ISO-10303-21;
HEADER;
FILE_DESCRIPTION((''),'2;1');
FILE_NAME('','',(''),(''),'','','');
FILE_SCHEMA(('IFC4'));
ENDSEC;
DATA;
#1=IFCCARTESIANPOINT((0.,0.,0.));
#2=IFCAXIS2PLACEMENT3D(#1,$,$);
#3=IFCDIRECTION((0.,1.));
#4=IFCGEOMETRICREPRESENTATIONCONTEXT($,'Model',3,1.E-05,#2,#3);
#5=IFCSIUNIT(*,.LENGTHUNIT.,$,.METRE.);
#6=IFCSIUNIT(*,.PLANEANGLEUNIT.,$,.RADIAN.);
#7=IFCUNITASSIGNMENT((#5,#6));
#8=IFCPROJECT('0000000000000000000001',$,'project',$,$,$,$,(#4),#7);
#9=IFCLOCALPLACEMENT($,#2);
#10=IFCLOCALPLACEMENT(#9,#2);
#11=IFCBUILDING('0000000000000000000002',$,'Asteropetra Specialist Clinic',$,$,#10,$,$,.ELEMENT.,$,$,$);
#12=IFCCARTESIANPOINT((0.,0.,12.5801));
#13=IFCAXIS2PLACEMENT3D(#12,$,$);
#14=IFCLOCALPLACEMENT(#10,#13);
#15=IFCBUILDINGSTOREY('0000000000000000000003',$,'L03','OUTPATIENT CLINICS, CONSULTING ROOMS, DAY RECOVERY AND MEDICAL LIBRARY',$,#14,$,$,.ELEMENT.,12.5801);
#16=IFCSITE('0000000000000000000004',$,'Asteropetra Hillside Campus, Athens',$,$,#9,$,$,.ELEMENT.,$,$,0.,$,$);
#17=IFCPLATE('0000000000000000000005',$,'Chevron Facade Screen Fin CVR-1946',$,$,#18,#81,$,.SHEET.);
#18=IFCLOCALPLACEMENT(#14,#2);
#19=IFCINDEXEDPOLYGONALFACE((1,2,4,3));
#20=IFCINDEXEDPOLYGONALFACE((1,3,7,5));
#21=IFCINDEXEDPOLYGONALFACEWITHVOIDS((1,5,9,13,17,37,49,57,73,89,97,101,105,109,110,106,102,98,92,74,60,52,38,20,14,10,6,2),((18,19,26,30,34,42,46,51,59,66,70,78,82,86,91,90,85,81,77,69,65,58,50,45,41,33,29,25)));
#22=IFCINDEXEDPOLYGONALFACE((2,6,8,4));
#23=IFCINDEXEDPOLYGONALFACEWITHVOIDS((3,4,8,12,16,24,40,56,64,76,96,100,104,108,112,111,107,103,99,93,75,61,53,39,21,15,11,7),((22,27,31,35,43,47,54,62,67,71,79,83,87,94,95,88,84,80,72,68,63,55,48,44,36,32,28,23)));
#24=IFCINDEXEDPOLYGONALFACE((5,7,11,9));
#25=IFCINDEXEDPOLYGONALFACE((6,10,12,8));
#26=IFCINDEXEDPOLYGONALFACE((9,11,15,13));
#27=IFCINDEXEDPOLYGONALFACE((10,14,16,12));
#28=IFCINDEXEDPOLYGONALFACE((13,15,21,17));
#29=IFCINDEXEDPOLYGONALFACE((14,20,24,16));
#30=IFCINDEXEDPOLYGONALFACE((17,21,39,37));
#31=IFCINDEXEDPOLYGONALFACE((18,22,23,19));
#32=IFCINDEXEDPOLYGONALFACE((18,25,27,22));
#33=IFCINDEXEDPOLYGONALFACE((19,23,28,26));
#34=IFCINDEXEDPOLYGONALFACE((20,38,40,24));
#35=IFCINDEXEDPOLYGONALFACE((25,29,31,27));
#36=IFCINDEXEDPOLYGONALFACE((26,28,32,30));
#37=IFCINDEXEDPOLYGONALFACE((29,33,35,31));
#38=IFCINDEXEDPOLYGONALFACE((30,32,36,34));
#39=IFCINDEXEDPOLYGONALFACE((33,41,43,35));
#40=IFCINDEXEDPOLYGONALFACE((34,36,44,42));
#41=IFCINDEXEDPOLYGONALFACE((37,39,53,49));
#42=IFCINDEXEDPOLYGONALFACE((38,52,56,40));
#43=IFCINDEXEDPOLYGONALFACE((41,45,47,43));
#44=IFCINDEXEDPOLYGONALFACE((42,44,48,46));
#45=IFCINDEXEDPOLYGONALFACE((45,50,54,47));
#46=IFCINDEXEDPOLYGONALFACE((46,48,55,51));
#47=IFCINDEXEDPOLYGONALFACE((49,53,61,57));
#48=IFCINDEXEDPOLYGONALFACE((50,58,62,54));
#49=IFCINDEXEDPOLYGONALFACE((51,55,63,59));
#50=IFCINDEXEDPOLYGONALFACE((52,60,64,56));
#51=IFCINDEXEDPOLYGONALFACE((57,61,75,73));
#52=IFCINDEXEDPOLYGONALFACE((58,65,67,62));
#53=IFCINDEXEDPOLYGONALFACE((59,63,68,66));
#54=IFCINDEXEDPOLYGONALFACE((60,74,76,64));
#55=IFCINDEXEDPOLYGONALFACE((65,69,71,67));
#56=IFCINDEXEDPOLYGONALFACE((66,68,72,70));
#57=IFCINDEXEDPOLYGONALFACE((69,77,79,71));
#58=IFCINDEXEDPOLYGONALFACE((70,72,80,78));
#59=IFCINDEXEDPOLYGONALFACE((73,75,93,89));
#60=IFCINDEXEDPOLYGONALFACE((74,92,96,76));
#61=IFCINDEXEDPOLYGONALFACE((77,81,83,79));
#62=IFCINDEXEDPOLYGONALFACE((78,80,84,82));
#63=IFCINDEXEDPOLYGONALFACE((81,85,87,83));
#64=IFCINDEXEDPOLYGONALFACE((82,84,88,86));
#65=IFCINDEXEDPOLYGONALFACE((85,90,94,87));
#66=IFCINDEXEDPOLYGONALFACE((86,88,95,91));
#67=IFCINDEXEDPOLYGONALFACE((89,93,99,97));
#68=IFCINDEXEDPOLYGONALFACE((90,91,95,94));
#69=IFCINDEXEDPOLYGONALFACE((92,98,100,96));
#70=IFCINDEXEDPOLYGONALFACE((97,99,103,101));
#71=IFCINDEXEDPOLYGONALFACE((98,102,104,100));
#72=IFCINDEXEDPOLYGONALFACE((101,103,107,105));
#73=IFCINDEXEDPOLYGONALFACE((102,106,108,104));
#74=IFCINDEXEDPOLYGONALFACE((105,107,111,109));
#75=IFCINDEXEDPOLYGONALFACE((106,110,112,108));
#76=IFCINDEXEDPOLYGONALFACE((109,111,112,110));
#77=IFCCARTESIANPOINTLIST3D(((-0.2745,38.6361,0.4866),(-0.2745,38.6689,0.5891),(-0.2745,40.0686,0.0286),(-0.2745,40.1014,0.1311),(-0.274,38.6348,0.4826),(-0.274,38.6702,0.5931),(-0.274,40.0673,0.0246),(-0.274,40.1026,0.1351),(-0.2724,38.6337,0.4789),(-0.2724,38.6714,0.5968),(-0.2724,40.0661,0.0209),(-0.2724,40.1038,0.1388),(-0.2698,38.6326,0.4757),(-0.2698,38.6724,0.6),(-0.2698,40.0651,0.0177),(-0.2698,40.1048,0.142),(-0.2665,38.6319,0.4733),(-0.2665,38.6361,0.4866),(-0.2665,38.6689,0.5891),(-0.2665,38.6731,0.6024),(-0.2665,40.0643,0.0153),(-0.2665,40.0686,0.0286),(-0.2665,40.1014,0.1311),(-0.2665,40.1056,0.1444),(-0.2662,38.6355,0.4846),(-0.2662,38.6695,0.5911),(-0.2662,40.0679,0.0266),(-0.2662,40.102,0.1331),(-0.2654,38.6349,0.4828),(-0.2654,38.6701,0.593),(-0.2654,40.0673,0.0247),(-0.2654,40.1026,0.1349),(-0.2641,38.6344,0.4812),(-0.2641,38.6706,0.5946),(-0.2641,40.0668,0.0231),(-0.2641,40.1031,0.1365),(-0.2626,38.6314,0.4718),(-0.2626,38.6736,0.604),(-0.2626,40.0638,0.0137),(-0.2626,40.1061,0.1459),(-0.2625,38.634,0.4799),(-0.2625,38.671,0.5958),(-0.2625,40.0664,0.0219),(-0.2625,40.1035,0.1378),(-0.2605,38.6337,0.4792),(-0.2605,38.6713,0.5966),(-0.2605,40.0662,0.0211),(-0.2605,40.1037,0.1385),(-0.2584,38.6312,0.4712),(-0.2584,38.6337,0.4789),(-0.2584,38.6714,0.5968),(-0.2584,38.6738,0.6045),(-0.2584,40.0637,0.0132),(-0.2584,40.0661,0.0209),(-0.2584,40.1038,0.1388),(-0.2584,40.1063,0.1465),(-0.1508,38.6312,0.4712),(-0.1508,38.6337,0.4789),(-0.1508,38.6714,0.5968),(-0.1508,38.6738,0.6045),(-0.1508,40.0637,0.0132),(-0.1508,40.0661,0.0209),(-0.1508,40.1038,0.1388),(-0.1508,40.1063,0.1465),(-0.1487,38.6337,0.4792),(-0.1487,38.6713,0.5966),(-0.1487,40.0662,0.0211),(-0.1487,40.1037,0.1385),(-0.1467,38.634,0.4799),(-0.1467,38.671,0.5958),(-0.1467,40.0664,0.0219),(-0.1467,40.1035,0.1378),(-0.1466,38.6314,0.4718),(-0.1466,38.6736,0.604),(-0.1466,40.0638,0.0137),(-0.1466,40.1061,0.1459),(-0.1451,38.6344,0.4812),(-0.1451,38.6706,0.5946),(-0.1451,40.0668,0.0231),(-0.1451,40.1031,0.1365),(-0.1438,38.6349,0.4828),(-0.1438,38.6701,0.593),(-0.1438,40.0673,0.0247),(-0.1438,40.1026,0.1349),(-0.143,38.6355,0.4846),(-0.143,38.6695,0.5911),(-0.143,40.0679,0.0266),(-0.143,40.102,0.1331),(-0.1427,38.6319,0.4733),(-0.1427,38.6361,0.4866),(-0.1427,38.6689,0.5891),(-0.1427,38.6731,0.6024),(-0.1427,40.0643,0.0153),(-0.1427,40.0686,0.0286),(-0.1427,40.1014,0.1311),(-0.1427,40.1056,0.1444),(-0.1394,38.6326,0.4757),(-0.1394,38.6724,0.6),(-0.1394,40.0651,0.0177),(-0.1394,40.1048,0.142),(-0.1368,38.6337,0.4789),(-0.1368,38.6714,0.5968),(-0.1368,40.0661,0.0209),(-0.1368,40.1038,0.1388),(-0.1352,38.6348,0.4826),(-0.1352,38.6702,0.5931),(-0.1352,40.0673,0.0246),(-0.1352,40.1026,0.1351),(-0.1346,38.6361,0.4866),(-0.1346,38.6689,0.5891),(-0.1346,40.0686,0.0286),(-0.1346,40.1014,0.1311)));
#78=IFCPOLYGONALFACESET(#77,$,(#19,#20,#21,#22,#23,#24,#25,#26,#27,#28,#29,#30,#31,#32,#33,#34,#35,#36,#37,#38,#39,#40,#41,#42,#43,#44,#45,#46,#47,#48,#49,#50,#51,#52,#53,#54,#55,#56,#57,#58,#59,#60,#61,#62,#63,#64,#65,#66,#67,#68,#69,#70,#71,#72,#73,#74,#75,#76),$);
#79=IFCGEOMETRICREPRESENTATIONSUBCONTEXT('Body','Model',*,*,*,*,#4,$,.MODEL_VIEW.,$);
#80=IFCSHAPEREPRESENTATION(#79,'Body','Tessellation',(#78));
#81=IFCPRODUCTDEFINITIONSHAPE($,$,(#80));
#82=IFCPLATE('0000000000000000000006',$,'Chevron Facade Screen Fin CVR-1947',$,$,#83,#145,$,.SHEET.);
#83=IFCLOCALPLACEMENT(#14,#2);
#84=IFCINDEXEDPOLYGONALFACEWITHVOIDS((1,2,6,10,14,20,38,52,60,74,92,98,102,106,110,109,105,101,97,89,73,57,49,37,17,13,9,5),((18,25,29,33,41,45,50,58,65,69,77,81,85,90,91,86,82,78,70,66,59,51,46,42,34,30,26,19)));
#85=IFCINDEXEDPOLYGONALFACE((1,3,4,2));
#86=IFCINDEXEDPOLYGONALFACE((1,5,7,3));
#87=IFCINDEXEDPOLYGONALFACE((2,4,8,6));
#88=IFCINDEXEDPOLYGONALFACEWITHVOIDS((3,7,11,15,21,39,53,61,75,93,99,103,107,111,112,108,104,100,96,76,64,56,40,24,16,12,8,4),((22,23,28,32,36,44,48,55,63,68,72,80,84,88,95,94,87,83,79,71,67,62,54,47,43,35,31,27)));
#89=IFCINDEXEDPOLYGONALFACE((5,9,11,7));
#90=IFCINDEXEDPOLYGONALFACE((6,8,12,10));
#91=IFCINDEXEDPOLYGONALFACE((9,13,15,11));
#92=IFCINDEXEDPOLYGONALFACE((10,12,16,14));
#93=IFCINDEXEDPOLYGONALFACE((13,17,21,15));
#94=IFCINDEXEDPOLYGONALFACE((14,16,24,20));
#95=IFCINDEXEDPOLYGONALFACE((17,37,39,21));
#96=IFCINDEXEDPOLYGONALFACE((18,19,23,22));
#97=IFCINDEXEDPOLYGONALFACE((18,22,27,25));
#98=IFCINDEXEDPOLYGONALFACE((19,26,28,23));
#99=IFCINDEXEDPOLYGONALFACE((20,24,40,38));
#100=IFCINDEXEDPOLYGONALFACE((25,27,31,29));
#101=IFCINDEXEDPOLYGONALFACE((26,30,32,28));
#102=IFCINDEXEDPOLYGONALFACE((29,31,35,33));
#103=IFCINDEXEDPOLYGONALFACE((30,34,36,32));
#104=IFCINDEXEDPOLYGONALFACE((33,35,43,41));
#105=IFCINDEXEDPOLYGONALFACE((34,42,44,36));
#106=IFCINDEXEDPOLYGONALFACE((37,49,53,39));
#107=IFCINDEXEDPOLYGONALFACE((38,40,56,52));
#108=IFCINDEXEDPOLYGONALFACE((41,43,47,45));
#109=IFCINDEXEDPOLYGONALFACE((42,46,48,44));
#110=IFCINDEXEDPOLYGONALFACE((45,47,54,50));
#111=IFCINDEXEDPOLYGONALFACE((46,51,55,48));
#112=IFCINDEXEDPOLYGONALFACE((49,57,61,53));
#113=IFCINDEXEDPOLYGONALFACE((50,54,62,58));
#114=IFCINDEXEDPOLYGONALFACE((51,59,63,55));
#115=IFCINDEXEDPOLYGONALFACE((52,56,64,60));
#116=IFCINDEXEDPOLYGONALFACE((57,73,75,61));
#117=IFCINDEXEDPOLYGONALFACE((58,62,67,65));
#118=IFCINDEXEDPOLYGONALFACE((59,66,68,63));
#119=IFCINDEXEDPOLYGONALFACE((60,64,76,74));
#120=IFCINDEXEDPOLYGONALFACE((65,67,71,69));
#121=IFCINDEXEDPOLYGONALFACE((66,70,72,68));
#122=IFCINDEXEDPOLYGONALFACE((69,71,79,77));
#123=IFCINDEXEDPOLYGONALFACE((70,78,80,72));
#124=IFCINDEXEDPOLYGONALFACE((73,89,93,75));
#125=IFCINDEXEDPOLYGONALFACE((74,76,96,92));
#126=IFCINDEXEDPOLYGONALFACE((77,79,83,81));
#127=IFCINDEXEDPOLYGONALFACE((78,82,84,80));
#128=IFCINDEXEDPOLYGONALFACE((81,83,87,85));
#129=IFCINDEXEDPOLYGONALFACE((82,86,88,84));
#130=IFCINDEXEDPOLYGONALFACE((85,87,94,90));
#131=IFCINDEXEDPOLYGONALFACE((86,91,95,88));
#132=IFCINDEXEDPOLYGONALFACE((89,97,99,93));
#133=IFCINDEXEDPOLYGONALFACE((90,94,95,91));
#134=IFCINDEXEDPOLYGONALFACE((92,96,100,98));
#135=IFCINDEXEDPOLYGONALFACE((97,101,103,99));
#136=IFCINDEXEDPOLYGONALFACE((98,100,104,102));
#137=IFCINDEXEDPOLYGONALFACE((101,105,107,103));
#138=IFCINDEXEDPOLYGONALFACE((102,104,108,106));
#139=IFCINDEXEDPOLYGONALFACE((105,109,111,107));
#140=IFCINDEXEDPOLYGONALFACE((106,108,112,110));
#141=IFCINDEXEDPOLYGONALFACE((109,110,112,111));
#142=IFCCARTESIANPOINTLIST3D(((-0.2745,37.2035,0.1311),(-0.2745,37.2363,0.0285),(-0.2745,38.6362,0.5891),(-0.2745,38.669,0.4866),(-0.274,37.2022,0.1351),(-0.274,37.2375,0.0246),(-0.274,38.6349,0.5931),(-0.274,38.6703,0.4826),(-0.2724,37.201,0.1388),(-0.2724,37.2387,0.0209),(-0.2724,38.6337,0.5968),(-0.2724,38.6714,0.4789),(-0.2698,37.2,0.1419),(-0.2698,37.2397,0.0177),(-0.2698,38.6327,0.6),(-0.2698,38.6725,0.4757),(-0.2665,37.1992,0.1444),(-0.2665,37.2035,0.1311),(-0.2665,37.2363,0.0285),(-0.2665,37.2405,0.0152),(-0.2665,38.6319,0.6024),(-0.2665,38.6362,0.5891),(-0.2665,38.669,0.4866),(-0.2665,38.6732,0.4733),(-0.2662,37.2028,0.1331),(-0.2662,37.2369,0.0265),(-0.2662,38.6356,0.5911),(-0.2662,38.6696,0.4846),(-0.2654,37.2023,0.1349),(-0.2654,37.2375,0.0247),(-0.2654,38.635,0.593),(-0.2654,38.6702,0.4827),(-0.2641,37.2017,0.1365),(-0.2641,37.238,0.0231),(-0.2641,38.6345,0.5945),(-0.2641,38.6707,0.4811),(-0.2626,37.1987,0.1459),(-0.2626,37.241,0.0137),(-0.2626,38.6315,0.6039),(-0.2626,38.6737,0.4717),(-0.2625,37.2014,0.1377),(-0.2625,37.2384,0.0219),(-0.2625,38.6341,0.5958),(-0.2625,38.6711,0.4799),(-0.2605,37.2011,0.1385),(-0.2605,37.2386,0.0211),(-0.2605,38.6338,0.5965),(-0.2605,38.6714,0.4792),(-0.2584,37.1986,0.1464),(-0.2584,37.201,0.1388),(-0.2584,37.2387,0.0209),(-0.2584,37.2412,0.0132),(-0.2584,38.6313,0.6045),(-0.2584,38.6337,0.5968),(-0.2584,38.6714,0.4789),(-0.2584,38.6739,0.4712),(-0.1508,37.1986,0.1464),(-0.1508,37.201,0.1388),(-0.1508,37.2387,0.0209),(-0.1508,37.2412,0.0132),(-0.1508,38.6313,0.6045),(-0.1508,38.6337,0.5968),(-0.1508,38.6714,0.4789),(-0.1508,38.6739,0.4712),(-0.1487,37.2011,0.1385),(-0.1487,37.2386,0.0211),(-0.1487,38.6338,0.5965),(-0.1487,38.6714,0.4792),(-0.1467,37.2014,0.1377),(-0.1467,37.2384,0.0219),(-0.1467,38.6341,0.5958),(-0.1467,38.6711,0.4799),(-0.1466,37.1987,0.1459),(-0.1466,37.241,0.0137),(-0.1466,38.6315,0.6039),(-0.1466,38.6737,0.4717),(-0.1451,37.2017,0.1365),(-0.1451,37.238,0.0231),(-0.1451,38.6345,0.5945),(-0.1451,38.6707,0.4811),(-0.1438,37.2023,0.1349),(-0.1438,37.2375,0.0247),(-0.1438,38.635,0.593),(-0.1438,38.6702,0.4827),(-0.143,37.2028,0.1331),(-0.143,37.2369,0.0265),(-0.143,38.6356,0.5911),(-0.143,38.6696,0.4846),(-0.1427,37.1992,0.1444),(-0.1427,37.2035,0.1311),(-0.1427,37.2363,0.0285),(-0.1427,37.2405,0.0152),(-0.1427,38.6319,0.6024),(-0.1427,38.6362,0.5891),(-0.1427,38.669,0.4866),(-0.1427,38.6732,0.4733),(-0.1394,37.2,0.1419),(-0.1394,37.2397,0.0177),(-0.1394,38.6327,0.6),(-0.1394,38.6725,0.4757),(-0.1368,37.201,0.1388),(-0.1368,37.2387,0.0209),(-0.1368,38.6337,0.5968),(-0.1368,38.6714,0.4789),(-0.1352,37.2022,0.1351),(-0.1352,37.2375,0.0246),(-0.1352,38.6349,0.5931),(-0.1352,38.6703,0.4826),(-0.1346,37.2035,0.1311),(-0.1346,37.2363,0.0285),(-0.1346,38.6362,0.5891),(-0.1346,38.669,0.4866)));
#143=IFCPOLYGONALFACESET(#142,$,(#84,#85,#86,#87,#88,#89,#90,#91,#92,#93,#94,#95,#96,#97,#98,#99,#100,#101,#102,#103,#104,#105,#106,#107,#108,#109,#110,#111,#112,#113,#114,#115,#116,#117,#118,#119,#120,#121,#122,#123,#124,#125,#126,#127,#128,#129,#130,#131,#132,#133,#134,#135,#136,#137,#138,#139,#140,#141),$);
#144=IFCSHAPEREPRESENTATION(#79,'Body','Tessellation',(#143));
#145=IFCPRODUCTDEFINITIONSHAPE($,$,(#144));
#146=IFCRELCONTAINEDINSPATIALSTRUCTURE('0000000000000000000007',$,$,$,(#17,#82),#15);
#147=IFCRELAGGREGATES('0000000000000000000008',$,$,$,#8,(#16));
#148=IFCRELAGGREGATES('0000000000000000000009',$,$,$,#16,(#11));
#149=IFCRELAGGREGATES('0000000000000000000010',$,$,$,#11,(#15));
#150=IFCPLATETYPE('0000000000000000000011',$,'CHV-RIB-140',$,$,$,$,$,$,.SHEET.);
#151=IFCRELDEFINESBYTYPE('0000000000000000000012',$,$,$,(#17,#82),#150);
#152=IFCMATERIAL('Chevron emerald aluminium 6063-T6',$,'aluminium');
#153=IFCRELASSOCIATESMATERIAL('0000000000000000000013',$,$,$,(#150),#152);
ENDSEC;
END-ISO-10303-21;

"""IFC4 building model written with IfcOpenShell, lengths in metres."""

from ifc_helpers import new_model, si_unit, direction, frame, origin, origin_2d, place, context, subcontext, project, spatial, hollow_rectangle, extrude, material, material_profile, profile_set, type_object, element, save


model = new_model("IFC4")

# Units and contexts
model_context = context("Model", 3, precision=1e-05, world=origin(), true_north=direction((0.0, 1.0)))
body_context = subcontext(model_context, "Body", "Model", "MODEL_VIEW")
ifc_project = project(units=[si_unit("LENGTHUNIT", "METRE"), si_unit("PLANEANGLEUNIT", "RADIAN")], contexts=[model_context])

# Site, building, storey
site_placement = place(None, origin())
site = spatial("IfcSite", under=ifc_project, at=site_placement, Name="Asteropetra Hillside Campus, Athens", CompositionType="ELEMENT", RefElevation=0.0)
building_placement = place(site_placement, origin())
building = spatial("IfcBuilding", under=site, at=building_placement, Name="Asteropetra Specialist Clinic", CompositionType="ELEMENT")
storey_placement = place(building_placement, frame((0.0, 0.0, 12.5801)))
storey = spatial("IfcBuildingStorey", under=building, at=storey_placement, Name="L03", Description="OUTPATIENT CLINICS, CONSULTING ROOMS, DAY RECOVERY AND MEDICAL LIBRARY", CompositionType="ELEMENT", Elevation=12.5801)

# Plates
ifc_material_1 = material(Name="Chevron emerald aluminium 6063-T6", Category="aluminium")
ifc_material_profile = material_profile(ifc_material_1, hollow_rectangle(XDim=0.1399, YDim=0.1399, WallThickness=0.0081, InnerFilletRadius=0.0081, OuterFilletRadius=0.0161, at=origin_2d()), Name="SHS 140x140x8.0")
ifc_profile_set = profile_set([ifc_material_profile], Name="Chevron emerald aluminium 6063-T6")
plate_type_1 = type_object("IfcPlateType", Name="CHV-RIB-140", PredefinedType="SHEET", material=ifc_profile_set)
plate_1_placement = place(storey_placement, frame((-0.2046, 40.085, 0.0798), z_axis=(0.0, -0.952492, 0.304564), x_axis=(1.0, 0.0, 0.0)))
element("IfcPlate", 1, at=plate_1_placement, inside=storey, type_object=plate_type_1, Name="Chevron Facade Screen Fin CVR-1946", PredefinedType="SHEET", context=body_context, shape_type="SweptSolid", body=[
    extrude(hollow_rectangle(XDim=0.1399, YDim=0.1399, WallThickness=0.0081, InnerFilletRadius=0.0081, OuterFilletRadius=0.0161, at=origin_2d()), origin(), (0.0, 0.0, 1.0), 1.5039),
])
plate_2_placement = place(storey_placement, frame((-0.2046, 38.6526, 0.5378), z_axis=(0.0, -0.952507, -0.304517), x_axis=(1.0, 0.0, 0.0)))
element("IfcPlate", 2, at=plate_2_placement, inside=storey, type_object=plate_type_1, Name="Chevron Facade Screen Fin CVR-1947", PredefinedType="SHEET", context=body_context, shape_type="SweptSolid", body=[
    extrude(hollow_rectangle(XDim=0.1399, YDim=0.1399, WallThickness=0.0081, InnerFilletRadius=0.0081, OuterFilletRadius=0.0161, at=origin_2d()), origin(), (0.0, 0.0, 1.0), 1.5042),
])

save(model, "model.ifc")
